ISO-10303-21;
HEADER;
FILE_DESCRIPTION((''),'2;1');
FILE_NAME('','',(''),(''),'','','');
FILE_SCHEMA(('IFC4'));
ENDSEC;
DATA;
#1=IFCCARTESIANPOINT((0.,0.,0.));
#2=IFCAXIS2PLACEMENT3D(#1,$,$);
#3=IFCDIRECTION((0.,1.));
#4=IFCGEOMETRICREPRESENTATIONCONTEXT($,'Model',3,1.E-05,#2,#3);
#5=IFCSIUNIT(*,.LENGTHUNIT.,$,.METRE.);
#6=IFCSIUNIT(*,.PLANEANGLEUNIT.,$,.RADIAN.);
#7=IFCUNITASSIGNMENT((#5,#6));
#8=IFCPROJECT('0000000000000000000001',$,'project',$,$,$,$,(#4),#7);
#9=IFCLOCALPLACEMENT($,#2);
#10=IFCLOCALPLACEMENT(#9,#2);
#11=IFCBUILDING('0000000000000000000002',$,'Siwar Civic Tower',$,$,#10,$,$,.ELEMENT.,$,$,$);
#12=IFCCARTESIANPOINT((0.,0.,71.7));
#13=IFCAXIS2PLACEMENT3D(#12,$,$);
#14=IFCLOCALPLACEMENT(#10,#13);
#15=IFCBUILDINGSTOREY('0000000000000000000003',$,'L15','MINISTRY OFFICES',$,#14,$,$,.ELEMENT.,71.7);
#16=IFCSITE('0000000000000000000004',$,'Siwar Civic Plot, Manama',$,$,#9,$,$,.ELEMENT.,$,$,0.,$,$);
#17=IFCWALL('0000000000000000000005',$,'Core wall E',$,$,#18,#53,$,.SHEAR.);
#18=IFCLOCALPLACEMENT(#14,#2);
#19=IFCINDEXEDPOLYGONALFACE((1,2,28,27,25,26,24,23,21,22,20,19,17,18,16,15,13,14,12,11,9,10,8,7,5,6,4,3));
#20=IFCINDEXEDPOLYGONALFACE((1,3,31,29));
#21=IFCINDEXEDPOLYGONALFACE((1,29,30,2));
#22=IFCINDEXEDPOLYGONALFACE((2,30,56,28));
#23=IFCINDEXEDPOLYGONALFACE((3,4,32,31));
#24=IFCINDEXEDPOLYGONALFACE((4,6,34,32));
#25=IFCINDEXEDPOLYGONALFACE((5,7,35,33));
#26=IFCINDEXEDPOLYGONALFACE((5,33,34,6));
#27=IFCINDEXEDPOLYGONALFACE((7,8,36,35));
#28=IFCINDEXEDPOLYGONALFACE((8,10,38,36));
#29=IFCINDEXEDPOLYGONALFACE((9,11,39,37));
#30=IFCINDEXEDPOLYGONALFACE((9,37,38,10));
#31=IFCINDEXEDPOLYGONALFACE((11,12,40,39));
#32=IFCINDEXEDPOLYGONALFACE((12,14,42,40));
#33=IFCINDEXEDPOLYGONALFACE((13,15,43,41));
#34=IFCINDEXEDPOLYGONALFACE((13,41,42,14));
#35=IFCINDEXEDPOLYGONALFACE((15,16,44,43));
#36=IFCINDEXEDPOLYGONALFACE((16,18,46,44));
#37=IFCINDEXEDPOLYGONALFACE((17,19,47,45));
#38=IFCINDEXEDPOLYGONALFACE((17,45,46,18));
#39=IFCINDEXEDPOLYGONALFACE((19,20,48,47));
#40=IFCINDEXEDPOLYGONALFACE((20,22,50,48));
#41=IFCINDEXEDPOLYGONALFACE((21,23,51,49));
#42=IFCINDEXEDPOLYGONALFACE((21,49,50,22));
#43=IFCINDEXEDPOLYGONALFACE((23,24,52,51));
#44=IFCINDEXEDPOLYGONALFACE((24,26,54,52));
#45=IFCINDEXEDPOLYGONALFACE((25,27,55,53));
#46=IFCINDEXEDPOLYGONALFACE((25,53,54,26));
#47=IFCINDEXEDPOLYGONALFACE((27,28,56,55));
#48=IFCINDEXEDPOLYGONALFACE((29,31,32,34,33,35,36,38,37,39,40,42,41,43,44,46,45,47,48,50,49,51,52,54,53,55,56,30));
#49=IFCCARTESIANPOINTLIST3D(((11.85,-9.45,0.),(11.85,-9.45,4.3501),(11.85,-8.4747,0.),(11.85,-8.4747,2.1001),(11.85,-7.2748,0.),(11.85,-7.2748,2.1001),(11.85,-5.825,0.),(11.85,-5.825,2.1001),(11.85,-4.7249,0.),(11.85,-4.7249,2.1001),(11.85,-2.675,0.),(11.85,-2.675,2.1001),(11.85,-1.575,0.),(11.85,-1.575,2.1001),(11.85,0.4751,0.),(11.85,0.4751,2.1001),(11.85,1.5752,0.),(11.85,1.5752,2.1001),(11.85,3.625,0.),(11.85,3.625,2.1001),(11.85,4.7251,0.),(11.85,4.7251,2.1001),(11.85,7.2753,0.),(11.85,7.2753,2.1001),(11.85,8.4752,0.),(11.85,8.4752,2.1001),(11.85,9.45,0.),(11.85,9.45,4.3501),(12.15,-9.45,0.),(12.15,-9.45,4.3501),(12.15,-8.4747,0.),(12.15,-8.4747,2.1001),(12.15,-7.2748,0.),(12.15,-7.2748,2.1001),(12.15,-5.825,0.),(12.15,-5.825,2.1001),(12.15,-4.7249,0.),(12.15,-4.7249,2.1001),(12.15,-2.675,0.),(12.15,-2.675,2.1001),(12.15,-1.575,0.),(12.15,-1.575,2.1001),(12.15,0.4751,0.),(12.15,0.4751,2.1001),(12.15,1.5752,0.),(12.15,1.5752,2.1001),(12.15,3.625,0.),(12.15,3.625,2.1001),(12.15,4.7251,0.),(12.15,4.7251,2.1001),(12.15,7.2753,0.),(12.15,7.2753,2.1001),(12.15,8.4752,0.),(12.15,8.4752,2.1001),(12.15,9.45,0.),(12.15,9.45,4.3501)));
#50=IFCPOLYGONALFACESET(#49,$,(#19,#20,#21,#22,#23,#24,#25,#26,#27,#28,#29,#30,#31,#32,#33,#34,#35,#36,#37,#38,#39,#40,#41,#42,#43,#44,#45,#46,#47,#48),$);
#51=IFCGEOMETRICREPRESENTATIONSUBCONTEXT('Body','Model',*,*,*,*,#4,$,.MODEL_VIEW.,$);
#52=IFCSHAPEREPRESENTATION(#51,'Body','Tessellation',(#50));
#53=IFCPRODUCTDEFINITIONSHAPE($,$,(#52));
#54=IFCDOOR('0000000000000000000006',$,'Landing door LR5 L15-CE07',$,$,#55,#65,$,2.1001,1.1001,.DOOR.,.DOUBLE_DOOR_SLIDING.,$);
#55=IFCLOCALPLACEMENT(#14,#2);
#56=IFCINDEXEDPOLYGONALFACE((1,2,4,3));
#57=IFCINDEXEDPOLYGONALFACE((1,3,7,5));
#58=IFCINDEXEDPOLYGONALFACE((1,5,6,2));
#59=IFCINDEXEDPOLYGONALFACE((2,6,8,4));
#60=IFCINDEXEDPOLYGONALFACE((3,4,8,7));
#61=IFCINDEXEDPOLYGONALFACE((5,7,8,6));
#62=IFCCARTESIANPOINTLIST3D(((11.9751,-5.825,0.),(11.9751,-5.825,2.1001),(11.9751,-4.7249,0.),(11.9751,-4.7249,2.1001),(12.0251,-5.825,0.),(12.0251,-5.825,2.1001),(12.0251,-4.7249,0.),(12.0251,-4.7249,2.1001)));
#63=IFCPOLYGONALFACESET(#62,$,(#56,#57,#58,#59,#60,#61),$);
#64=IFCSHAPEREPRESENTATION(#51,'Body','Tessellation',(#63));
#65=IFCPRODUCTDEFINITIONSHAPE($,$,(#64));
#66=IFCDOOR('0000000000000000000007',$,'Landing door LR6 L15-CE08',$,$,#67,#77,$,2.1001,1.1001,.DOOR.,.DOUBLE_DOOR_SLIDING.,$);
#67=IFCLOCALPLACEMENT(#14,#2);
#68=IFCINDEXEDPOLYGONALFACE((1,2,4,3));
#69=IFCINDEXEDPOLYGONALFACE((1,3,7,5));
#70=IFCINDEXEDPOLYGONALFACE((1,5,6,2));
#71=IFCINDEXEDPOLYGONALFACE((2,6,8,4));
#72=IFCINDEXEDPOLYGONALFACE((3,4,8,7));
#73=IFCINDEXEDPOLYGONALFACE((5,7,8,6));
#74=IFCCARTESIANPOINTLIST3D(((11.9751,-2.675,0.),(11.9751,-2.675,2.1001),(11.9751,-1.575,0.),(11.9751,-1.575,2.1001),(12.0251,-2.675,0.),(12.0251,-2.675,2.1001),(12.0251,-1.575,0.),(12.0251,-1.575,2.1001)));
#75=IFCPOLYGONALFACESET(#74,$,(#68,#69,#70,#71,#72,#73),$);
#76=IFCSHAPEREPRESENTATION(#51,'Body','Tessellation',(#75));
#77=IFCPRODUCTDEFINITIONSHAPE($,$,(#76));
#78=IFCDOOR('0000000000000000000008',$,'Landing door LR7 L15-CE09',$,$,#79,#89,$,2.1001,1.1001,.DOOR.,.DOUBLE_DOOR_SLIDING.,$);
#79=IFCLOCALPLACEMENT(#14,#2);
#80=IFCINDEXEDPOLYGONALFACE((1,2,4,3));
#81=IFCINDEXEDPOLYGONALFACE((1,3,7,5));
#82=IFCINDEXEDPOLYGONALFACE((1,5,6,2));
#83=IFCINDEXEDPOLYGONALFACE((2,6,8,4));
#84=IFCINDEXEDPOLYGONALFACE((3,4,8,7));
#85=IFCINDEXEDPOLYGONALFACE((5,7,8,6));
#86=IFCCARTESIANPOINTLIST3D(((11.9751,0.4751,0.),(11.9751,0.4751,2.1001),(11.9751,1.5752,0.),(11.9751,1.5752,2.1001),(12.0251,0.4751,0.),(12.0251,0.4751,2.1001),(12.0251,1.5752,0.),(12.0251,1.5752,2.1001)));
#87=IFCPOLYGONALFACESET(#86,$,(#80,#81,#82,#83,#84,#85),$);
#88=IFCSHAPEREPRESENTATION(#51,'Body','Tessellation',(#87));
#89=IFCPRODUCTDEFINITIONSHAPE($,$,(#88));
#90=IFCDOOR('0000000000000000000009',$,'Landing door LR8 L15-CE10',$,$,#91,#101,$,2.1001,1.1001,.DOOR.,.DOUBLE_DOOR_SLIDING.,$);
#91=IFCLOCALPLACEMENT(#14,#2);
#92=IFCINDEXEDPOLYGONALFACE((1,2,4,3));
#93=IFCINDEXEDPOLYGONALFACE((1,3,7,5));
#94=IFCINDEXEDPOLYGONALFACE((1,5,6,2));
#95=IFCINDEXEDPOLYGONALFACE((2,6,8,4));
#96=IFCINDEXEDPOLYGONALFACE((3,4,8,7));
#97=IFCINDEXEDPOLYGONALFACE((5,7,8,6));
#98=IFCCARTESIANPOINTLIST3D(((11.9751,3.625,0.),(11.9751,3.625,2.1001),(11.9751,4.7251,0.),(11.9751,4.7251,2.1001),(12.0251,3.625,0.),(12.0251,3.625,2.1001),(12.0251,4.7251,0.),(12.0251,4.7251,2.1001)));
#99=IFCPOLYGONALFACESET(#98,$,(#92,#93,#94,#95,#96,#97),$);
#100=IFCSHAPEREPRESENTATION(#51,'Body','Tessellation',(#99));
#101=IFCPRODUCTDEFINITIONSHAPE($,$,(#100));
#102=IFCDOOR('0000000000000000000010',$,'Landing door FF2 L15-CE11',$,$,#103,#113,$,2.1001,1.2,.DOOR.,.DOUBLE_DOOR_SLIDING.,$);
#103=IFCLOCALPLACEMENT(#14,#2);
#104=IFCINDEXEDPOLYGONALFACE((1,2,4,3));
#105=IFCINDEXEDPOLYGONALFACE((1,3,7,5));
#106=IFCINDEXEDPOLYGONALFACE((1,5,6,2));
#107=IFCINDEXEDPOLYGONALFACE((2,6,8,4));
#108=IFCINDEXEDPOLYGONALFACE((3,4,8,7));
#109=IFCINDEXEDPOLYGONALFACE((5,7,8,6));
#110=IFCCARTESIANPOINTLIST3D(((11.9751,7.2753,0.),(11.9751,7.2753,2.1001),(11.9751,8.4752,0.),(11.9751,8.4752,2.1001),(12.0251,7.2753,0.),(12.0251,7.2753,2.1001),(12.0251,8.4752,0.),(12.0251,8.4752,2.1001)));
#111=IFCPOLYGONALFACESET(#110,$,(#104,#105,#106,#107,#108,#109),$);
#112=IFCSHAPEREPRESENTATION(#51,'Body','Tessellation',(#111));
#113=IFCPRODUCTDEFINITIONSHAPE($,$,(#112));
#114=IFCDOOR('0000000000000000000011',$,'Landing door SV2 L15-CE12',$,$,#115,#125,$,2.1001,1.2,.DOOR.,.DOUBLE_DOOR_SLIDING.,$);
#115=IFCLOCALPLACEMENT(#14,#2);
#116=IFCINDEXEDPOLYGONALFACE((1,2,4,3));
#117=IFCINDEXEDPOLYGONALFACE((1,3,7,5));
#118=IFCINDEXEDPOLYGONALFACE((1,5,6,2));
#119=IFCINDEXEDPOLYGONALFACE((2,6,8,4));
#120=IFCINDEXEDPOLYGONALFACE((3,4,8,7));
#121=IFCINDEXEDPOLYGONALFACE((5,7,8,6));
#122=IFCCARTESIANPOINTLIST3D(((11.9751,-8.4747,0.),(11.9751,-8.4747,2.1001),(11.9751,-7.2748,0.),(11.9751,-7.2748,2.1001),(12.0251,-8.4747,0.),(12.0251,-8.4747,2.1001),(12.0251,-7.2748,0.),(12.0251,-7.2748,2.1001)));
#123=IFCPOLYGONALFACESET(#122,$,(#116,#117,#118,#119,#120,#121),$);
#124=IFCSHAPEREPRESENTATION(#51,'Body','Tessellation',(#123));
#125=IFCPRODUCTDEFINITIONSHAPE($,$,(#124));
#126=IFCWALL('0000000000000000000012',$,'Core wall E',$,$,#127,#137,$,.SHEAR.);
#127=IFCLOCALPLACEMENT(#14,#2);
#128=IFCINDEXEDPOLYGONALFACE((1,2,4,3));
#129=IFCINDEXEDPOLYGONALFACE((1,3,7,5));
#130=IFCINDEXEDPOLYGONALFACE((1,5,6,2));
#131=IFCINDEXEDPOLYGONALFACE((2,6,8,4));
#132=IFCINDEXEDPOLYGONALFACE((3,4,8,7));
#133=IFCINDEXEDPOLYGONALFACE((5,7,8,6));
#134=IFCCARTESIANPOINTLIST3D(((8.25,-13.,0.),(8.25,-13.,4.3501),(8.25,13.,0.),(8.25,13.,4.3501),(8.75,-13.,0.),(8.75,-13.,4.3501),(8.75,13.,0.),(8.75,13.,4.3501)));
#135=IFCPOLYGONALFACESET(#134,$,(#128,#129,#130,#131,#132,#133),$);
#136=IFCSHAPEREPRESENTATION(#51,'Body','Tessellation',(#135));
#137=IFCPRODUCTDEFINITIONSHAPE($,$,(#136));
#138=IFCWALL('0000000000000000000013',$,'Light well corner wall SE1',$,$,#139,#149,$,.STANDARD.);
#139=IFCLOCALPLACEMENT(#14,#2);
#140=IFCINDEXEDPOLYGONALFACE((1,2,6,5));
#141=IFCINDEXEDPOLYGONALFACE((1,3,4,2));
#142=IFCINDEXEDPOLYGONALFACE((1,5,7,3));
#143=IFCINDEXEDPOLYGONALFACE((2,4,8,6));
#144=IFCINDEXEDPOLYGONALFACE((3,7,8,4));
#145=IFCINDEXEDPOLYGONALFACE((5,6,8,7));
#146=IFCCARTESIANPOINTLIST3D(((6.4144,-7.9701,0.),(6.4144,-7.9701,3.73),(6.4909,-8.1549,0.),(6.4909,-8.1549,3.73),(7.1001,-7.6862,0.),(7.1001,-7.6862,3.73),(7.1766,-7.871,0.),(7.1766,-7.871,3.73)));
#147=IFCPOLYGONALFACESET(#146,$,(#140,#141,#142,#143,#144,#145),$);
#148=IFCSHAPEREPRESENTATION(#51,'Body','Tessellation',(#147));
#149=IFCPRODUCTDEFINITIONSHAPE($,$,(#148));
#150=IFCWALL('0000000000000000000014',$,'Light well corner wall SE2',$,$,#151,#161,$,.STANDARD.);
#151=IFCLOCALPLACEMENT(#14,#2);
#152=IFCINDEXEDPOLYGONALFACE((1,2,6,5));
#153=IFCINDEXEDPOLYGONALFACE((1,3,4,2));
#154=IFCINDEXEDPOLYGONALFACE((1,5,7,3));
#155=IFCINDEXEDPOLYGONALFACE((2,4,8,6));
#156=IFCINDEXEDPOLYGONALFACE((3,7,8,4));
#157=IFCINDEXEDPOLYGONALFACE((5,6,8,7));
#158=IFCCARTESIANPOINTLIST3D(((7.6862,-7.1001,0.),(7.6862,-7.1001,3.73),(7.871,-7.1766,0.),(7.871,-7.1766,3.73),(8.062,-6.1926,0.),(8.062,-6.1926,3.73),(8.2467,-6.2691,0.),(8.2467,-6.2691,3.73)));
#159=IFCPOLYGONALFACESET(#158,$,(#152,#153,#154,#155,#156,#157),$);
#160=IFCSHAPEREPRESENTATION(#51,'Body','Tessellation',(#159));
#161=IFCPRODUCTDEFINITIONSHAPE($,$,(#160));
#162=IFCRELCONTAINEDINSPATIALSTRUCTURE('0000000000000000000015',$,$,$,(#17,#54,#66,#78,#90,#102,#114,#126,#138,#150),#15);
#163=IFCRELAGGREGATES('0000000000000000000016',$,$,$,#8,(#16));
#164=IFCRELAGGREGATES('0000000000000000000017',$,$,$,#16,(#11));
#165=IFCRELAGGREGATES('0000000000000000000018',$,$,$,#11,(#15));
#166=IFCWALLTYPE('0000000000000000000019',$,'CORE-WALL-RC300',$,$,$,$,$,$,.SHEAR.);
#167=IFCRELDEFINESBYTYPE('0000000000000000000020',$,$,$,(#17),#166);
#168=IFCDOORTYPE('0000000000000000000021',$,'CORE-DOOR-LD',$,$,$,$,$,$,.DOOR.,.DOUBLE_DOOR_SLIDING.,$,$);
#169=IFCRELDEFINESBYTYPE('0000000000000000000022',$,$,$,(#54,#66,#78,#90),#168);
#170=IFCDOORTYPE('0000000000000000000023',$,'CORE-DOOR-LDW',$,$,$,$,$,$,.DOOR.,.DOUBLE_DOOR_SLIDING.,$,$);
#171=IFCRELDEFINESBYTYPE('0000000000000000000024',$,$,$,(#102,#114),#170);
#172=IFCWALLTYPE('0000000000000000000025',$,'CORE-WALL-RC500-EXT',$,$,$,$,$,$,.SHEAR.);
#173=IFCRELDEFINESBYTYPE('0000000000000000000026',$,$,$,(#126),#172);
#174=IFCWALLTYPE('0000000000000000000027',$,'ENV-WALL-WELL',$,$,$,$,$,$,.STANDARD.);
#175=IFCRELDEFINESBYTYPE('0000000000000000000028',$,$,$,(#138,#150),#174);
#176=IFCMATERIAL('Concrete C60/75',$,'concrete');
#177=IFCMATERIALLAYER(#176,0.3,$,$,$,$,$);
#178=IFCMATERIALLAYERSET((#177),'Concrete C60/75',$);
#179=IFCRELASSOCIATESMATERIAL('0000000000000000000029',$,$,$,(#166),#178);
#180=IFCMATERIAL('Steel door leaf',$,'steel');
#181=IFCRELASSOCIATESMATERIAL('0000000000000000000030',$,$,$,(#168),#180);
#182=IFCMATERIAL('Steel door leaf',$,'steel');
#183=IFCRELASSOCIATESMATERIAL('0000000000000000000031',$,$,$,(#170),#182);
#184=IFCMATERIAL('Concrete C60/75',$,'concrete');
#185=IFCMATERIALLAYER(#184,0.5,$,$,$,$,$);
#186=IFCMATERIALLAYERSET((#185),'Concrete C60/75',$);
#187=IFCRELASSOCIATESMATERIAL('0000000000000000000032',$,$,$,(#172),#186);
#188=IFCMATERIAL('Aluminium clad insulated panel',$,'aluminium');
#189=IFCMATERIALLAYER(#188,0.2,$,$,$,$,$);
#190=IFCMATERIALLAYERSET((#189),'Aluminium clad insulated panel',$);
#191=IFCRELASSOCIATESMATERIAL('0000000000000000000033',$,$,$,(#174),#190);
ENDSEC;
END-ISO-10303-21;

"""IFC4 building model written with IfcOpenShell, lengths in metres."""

from ifc_helpers import new_model, si_unit, direction, frame, frame_2d, origin, place, context, subcontext, project, spatial, rectangle, extrude, material, layer, layer_set, type_object, element, fill, save


model = new_model("IFC4")

# Units and contexts
model_context = context("Model", 3, precision=1e-05, world=origin(), true_north=direction((0.0, 1.0)))
body_context = subcontext(model_context, "Body", "Model", "MODEL_VIEW")
ifc_project = project(units=[si_unit("LENGTHUNIT", "METRE"), si_unit("PLANEANGLEUNIT", "RADIAN")], contexts=[model_context])

# Site, building, storey
site_placement = place(None, origin())
site = spatial("IfcSite", under=ifc_project, at=site_placement, Name="Siwar Civic Plot, Manama", CompositionType="ELEMENT", RefElevation=0.0)
building_placement = place(site_placement, origin())
building = spatial("IfcBuilding", under=site, at=building_placement, Name="Siwar Civic Tower", CompositionType="ELEMENT")
storey_placement = place(building_placement, frame((0.0, 0.0, 71.7)))
storey = spatial("IfcBuildingStorey", under=building, at=storey_placement, Name="L15", Description="MINISTRY OFFICES", CompositionType="ELEMENT", Elevation=71.7)

# Wall, openings, doors
ifc_material_1 = material(Name="Concrete C60/75", Category="concrete")
ifc_layer_1 = layer(ifc_material_1, 0.3)
ifc_layer_set_1 = layer_set([ifc_layer_1], Name="Concrete C60/75")
wall_type_1 = type_object("IfcWallType", Name="CORE-WALL-RC300", PredefinedType="SHEAR", material=ifc_layer_set_1)
wall_1_placement = place(storey_placement, frame((12.0, -9.45, 0.0), z_axis=(0.0, 0.0, 1.0), x_axis=(0.0, 1.0, 0.0)))
wall_1 = element("IfcWall", 1, at=wall_1_placement, inside=storey, type_object=wall_type_1, Name="Core wall E", PredefinedType="SHEAR", context=body_context, shape_type="SweptSolid", body=[
    extrude(rectangle(XDim=18.8999, YDim=0.3, at=frame_2d((9.45, 0.0))), origin(), (0.0, 0.0, 1.0), 4.3501),
])
opening_1_placement = place(wall_1_placement, frame((3.625, 0.0, 0.0)))
opening_1 = element("IfcOpeningElement", 2, at=opening_1_placement, cuts=wall_1, PredefinedType="OPENING", context=body_context, shape_type="SweptSolid", body=[
    extrude(rectangle(XDim=1.1001, YDim=2.1001, at=frame_2d((0.55, 1.05))), frame((0.0, 0.1602, 0.0), z_axis=(0.0, -1.0, 0.0), x_axis=(1.0, 0.0, 0.0)), (0.0, 0.0, 1.0), 0.3201),
])
opening_2_placement = place(wall_1_placement, frame((6.7749, 0.0, 0.0)))
opening_2 = element("IfcOpeningElement", 3, at=opening_2_placement, cuts=wall_1, PredefinedType="OPENING", context=body_context, shape_type="SweptSolid", body=[
    extrude(rectangle(XDim=1.1001, YDim=2.1001, at=frame_2d((0.55, 1.05))), frame((0.0, 0.1602, 0.0), z_axis=(0.0, -1.0, 0.0), x_axis=(1.0, 0.0, 0.0)), (0.0, 0.0, 1.0), 0.3201),
])
opening_3_placement = place(wall_1_placement, frame((9.925, 0.0, 0.0)))
opening_3 = element("IfcOpeningElement", 4, at=opening_3_placement, cuts=wall_1, PredefinedType="OPENING", context=body_context, shape_type="SweptSolid", body=[
    extrude(rectangle(XDim=1.1001, YDim=2.1001, at=frame_2d((0.55, 1.05))), frame((0.0, 0.1602, 0.0), z_axis=(0.0, -1.0, 0.0), x_axis=(1.0, 0.0, 0.0)), (0.0, 0.0, 1.0), 0.3201),
])
opening_4_placement = place(wall_1_placement, frame((13.075, 0.0, 0.0)))
opening_4 = element("IfcOpeningElement", 5, at=opening_4_placement, cuts=wall_1, PredefinedType="OPENING", context=body_context, shape_type="SweptSolid", body=[
    extrude(rectangle(XDim=1.1001, YDim=2.1001, at=frame_2d((0.55, 1.05))), frame((0.0, 0.1602, 0.0), z_axis=(0.0, -1.0, 0.0), x_axis=(1.0, 0.0, 0.0)), (0.0, 0.0, 1.0), 0.3201),
])
opening_5_placement = place(wall_1_placement, frame((16.7251, 0.0, 0.0)))
opening_5 = element("IfcOpeningElement", 6, at=opening_5_placement, cuts=wall_1, PredefinedType="OPENING", context=body_context, shape_type="SweptSolid", body=[
    extrude(rectangle(XDim=1.2, YDim=2.1001, at=frame_2d((0.6001, 1.05))), frame((0.0, 0.1602, 0.0), z_axis=(0.0, -1.0, 0.0), x_axis=(1.0, 0.0, 0.0)), (0.0, 0.0, 1.0), 0.3201),
])
opening_6_placement = place(wall_1_placement, frame((0.9751, 0.0, 0.0)))
opening_6 = element("IfcOpeningElement", 7, at=opening_6_placement, cuts=wall_1, PredefinedType="OPENING", context=body_context, shape_type="SweptSolid", body=[
    extrude(rectangle(XDim=1.2, YDim=2.1001, at=frame_2d((0.6001, 1.05))), frame((0.0, 0.1602, 0.0), z_axis=(0.0, -1.0, 0.0), x_axis=(1.0, 0.0, 0.0)), (0.0, 0.0, 1.0), 0.3201),
])
ifc_material_2 = material(Name="Steel door leaf", Category="steel")
door_type_1 = type_object("IfcDoorType", Name="CORE-DOOR-LD", OperationType="DOUBLE_DOOR_SLIDING", PredefinedType="DOOR", material=ifc_material_2)
door_1_placement = place(opening_1_placement, origin())
door_1 = element("IfcDoor", 8, at=door_1_placement, inside=storey, type_object=door_type_1, Name="Landing door LR5 L15-CE07", OperationType="DOUBLE_DOOR_SLIDING", OverallHeight=2.1001, OverallWidth=1.1001, PredefinedType="DOOR", context=body_context, shape_type="SweptSolid", body=[
    extrude(rectangle(XDim=1.1001, YDim=2.1001, at=frame_2d((0.55, 1.05))), frame((0.0, 0.0249, 0.0), z_axis=(0.0, -1.0, 0.0), x_axis=(1.0, 0.0, 0.0)), (0.0, 0.0, 1.0), 0.05),
])
fill(opening_1, door_1)
door_2_placement = place(opening_2_placement, origin())
door_2 = element("IfcDoor", 9, at=door_2_placement, inside=storey, type_object=door_type_1, Name="Landing door LR6 L15-CE08", OperationType="DOUBLE_DOOR_SLIDING", OverallHeight=2.1001, OverallWidth=1.1001, PredefinedType="DOOR", context=body_context, shape_type="SweptSolid", body=[
    extrude(rectangle(XDim=1.1001, YDim=2.1001, at=frame_2d((0.55, 1.05))), frame((0.0, 0.0249, 0.0), z_axis=(0.0, -1.0, 0.0), x_axis=(1.0, 0.0, 0.0)), (0.0, 0.0, 1.0), 0.05),
])
fill(opening_2, door_2)
door_3_placement = place(opening_3_placement, origin())
door_3 = element("IfcDoor", 10, at=door_3_placement, inside=storey, type_object=door_type_1, Name="Landing door LR7 L15-CE09", OperationType="DOUBLE_DOOR_SLIDING", OverallHeight=2.1001, OverallWidth=1.1001, PredefinedType="DOOR", context=body_context, shape_type="SweptSolid", body=[
    extrude(rectangle(XDim=1.1001, YDim=2.1001, at=frame_2d((0.55, 1.05))), frame((0.0, 0.0249, 0.0), z_axis=(0.0, -1.0, 0.0), x_axis=(1.0, 0.0, 0.0)), (0.0, 0.0, 1.0), 0.05),
])
fill(opening_3, door_3)
door_4_placement = place(opening_4_placement, origin())
door_4 = element("IfcDoor", 11, at=door_4_placement, inside=storey, type_object=door_type_1, Name="Landing door LR8 L15-CE10", OperationType="DOUBLE_DOOR_SLIDING", OverallHeight=2.1001, OverallWidth=1.1001, PredefinedType="DOOR", context=body_context, shape_type="SweptSolid", body=[
    extrude(rectangle(XDim=1.1001, YDim=2.1001, at=frame_2d((0.55, 1.05))), frame((0.0, 0.0249, 0.0), z_axis=(0.0, -1.0, 0.0), x_axis=(1.0, 0.0, 0.0)), (0.0, 0.0, 1.0), 0.05),
])
fill(opening_4, door_4)
ifc_material_3 = material(Name="Steel door leaf", Category="steel")
door_type_2 = type_object("IfcDoorType", Name="CORE-DOOR-LDW", OperationType="DOUBLE_DOOR_SLIDING", PredefinedType="DOOR", material=ifc_material_3)
door_5_placement = place(opening_5_placement, origin())
door_5 = element("IfcDoor", 12, at=door_5_placement, inside=storey, type_object=door_type_2, Name="Landing door FF2 L15-CE11", OperationType="DOUBLE_DOOR_SLIDING", OverallHeight=2.1001, OverallWidth=1.2, PredefinedType="DOOR", context=body_context, shape_type="SweptSolid", body=[
    extrude(rectangle(XDim=1.2, YDim=2.1001, at=frame_2d((0.6001, 1.05))), frame((0.0, 0.0249, 0.0), z_axis=(0.0, -1.0, 0.0), x_axis=(1.0, 0.0, 0.0)), (0.0, 0.0, 1.0), 0.05),
])
fill(opening_5, door_5)
door_6_placement = place(opening_6_placement, origin())
door_6 = element("IfcDoor", 13, at=door_6_placement, inside=storey, type_object=door_type_2, Name="Landing door SV2 L15-CE12", OperationType="DOUBLE_DOOR_SLIDING", OverallHeight=2.1001, OverallWidth=1.2, PredefinedType="DOOR", context=body_context, shape_type="SweptSolid", body=[
    extrude(rectangle(XDim=1.2, YDim=2.1001, at=frame_2d((0.6001, 1.05))), frame((0.0, 0.0249, 0.0), z_axis=(0.0, -1.0, 0.0), x_axis=(1.0, 0.0, 0.0)), (0.0, 0.0, 1.0), 0.05),
])
fill(opening_6, door_6)

# Walls
ifc_material_4 = material(Name="Concrete C60/75", Category="concrete")
ifc_layer_2 = layer(ifc_material_4, 0.5)
ifc_layer_set_2 = layer_set([ifc_layer_2], Name="Concrete C60/75")
wall_type_2 = type_object("IfcWallType", Name="CORE-WALL-RC500-EXT", PredefinedType="SHEAR", material=ifc_layer_set_2)
wall_2_placement = place(storey_placement, frame((8.5, -13.0, 0.0), z_axis=(0.0, 0.0, 1.0), x_axis=(0.0, 1.0, 0.0)))
element("IfcWall", 14, at=wall_2_placement, inside=storey, type_object=wall_type_2, Name="Core wall E", PredefinedType="SHEAR", context=body_context, shape_type="SweptSolid", body=[
    extrude(rectangle(XDim=26.0, YDim=0.5, at=frame_2d((13.0, 0.0))), origin(), (0.0, 0.0, 1.0), 4.3501),
])
ifc_material_5 = material(Name="Aluminium clad insulated panel", Category="aluminium")
ifc_layer_3 = layer(ifc_material_5, 0.2)
ifc_layer_set_3 = layer_set([ifc_layer_3], Name="Aluminium clad insulated panel")
wall_type_3 = type_object("IfcWallType", Name="ENV-WALL-WELL", PredefinedType="STANDARD", material=ifc_layer_set_3)
wall_3_placement = place(storey_placement, frame((6.4526, -8.0625, 0.0), z_axis=(0.0, 0.0, 1.0), x_axis=(0.923941, 0.382536, 0.0)))
element("IfcWall", 15, at=wall_3_placement, inside=storey, type_object=wall_type_3, Name="Light well corner wall SE1", PredefinedType="STANDARD", context=body_context, shape_type="SweptSolid", body=[
    extrude(rectangle(XDim=0.7422, YDim=0.2, at=frame_2d((0.3711, 0.0))), origin(), (0.0, 0.0, 1.0), 3.73),
])
wall_4_placement = place(storey_placement, frame((7.7786, -7.1384, 0.0), z_axis=(0.0, 0.0, 1.0), x_axis=(0.382549, 0.923935, 0.0)))
element("IfcWall", 16, at=wall_4_placement, inside=storey, type_object=wall_type_3, Name="Light well corner wall SE2", PredefinedType="STANDARD", context=body_context, shape_type="SweptSolid", body=[
    extrude(rectangle(XDim=0.9822, YDim=0.2, at=frame_2d((0.4912, 0.0))), origin(), (0.0, 0.0, 1.0), 3.73),
])

save(model, "model.ifc")
